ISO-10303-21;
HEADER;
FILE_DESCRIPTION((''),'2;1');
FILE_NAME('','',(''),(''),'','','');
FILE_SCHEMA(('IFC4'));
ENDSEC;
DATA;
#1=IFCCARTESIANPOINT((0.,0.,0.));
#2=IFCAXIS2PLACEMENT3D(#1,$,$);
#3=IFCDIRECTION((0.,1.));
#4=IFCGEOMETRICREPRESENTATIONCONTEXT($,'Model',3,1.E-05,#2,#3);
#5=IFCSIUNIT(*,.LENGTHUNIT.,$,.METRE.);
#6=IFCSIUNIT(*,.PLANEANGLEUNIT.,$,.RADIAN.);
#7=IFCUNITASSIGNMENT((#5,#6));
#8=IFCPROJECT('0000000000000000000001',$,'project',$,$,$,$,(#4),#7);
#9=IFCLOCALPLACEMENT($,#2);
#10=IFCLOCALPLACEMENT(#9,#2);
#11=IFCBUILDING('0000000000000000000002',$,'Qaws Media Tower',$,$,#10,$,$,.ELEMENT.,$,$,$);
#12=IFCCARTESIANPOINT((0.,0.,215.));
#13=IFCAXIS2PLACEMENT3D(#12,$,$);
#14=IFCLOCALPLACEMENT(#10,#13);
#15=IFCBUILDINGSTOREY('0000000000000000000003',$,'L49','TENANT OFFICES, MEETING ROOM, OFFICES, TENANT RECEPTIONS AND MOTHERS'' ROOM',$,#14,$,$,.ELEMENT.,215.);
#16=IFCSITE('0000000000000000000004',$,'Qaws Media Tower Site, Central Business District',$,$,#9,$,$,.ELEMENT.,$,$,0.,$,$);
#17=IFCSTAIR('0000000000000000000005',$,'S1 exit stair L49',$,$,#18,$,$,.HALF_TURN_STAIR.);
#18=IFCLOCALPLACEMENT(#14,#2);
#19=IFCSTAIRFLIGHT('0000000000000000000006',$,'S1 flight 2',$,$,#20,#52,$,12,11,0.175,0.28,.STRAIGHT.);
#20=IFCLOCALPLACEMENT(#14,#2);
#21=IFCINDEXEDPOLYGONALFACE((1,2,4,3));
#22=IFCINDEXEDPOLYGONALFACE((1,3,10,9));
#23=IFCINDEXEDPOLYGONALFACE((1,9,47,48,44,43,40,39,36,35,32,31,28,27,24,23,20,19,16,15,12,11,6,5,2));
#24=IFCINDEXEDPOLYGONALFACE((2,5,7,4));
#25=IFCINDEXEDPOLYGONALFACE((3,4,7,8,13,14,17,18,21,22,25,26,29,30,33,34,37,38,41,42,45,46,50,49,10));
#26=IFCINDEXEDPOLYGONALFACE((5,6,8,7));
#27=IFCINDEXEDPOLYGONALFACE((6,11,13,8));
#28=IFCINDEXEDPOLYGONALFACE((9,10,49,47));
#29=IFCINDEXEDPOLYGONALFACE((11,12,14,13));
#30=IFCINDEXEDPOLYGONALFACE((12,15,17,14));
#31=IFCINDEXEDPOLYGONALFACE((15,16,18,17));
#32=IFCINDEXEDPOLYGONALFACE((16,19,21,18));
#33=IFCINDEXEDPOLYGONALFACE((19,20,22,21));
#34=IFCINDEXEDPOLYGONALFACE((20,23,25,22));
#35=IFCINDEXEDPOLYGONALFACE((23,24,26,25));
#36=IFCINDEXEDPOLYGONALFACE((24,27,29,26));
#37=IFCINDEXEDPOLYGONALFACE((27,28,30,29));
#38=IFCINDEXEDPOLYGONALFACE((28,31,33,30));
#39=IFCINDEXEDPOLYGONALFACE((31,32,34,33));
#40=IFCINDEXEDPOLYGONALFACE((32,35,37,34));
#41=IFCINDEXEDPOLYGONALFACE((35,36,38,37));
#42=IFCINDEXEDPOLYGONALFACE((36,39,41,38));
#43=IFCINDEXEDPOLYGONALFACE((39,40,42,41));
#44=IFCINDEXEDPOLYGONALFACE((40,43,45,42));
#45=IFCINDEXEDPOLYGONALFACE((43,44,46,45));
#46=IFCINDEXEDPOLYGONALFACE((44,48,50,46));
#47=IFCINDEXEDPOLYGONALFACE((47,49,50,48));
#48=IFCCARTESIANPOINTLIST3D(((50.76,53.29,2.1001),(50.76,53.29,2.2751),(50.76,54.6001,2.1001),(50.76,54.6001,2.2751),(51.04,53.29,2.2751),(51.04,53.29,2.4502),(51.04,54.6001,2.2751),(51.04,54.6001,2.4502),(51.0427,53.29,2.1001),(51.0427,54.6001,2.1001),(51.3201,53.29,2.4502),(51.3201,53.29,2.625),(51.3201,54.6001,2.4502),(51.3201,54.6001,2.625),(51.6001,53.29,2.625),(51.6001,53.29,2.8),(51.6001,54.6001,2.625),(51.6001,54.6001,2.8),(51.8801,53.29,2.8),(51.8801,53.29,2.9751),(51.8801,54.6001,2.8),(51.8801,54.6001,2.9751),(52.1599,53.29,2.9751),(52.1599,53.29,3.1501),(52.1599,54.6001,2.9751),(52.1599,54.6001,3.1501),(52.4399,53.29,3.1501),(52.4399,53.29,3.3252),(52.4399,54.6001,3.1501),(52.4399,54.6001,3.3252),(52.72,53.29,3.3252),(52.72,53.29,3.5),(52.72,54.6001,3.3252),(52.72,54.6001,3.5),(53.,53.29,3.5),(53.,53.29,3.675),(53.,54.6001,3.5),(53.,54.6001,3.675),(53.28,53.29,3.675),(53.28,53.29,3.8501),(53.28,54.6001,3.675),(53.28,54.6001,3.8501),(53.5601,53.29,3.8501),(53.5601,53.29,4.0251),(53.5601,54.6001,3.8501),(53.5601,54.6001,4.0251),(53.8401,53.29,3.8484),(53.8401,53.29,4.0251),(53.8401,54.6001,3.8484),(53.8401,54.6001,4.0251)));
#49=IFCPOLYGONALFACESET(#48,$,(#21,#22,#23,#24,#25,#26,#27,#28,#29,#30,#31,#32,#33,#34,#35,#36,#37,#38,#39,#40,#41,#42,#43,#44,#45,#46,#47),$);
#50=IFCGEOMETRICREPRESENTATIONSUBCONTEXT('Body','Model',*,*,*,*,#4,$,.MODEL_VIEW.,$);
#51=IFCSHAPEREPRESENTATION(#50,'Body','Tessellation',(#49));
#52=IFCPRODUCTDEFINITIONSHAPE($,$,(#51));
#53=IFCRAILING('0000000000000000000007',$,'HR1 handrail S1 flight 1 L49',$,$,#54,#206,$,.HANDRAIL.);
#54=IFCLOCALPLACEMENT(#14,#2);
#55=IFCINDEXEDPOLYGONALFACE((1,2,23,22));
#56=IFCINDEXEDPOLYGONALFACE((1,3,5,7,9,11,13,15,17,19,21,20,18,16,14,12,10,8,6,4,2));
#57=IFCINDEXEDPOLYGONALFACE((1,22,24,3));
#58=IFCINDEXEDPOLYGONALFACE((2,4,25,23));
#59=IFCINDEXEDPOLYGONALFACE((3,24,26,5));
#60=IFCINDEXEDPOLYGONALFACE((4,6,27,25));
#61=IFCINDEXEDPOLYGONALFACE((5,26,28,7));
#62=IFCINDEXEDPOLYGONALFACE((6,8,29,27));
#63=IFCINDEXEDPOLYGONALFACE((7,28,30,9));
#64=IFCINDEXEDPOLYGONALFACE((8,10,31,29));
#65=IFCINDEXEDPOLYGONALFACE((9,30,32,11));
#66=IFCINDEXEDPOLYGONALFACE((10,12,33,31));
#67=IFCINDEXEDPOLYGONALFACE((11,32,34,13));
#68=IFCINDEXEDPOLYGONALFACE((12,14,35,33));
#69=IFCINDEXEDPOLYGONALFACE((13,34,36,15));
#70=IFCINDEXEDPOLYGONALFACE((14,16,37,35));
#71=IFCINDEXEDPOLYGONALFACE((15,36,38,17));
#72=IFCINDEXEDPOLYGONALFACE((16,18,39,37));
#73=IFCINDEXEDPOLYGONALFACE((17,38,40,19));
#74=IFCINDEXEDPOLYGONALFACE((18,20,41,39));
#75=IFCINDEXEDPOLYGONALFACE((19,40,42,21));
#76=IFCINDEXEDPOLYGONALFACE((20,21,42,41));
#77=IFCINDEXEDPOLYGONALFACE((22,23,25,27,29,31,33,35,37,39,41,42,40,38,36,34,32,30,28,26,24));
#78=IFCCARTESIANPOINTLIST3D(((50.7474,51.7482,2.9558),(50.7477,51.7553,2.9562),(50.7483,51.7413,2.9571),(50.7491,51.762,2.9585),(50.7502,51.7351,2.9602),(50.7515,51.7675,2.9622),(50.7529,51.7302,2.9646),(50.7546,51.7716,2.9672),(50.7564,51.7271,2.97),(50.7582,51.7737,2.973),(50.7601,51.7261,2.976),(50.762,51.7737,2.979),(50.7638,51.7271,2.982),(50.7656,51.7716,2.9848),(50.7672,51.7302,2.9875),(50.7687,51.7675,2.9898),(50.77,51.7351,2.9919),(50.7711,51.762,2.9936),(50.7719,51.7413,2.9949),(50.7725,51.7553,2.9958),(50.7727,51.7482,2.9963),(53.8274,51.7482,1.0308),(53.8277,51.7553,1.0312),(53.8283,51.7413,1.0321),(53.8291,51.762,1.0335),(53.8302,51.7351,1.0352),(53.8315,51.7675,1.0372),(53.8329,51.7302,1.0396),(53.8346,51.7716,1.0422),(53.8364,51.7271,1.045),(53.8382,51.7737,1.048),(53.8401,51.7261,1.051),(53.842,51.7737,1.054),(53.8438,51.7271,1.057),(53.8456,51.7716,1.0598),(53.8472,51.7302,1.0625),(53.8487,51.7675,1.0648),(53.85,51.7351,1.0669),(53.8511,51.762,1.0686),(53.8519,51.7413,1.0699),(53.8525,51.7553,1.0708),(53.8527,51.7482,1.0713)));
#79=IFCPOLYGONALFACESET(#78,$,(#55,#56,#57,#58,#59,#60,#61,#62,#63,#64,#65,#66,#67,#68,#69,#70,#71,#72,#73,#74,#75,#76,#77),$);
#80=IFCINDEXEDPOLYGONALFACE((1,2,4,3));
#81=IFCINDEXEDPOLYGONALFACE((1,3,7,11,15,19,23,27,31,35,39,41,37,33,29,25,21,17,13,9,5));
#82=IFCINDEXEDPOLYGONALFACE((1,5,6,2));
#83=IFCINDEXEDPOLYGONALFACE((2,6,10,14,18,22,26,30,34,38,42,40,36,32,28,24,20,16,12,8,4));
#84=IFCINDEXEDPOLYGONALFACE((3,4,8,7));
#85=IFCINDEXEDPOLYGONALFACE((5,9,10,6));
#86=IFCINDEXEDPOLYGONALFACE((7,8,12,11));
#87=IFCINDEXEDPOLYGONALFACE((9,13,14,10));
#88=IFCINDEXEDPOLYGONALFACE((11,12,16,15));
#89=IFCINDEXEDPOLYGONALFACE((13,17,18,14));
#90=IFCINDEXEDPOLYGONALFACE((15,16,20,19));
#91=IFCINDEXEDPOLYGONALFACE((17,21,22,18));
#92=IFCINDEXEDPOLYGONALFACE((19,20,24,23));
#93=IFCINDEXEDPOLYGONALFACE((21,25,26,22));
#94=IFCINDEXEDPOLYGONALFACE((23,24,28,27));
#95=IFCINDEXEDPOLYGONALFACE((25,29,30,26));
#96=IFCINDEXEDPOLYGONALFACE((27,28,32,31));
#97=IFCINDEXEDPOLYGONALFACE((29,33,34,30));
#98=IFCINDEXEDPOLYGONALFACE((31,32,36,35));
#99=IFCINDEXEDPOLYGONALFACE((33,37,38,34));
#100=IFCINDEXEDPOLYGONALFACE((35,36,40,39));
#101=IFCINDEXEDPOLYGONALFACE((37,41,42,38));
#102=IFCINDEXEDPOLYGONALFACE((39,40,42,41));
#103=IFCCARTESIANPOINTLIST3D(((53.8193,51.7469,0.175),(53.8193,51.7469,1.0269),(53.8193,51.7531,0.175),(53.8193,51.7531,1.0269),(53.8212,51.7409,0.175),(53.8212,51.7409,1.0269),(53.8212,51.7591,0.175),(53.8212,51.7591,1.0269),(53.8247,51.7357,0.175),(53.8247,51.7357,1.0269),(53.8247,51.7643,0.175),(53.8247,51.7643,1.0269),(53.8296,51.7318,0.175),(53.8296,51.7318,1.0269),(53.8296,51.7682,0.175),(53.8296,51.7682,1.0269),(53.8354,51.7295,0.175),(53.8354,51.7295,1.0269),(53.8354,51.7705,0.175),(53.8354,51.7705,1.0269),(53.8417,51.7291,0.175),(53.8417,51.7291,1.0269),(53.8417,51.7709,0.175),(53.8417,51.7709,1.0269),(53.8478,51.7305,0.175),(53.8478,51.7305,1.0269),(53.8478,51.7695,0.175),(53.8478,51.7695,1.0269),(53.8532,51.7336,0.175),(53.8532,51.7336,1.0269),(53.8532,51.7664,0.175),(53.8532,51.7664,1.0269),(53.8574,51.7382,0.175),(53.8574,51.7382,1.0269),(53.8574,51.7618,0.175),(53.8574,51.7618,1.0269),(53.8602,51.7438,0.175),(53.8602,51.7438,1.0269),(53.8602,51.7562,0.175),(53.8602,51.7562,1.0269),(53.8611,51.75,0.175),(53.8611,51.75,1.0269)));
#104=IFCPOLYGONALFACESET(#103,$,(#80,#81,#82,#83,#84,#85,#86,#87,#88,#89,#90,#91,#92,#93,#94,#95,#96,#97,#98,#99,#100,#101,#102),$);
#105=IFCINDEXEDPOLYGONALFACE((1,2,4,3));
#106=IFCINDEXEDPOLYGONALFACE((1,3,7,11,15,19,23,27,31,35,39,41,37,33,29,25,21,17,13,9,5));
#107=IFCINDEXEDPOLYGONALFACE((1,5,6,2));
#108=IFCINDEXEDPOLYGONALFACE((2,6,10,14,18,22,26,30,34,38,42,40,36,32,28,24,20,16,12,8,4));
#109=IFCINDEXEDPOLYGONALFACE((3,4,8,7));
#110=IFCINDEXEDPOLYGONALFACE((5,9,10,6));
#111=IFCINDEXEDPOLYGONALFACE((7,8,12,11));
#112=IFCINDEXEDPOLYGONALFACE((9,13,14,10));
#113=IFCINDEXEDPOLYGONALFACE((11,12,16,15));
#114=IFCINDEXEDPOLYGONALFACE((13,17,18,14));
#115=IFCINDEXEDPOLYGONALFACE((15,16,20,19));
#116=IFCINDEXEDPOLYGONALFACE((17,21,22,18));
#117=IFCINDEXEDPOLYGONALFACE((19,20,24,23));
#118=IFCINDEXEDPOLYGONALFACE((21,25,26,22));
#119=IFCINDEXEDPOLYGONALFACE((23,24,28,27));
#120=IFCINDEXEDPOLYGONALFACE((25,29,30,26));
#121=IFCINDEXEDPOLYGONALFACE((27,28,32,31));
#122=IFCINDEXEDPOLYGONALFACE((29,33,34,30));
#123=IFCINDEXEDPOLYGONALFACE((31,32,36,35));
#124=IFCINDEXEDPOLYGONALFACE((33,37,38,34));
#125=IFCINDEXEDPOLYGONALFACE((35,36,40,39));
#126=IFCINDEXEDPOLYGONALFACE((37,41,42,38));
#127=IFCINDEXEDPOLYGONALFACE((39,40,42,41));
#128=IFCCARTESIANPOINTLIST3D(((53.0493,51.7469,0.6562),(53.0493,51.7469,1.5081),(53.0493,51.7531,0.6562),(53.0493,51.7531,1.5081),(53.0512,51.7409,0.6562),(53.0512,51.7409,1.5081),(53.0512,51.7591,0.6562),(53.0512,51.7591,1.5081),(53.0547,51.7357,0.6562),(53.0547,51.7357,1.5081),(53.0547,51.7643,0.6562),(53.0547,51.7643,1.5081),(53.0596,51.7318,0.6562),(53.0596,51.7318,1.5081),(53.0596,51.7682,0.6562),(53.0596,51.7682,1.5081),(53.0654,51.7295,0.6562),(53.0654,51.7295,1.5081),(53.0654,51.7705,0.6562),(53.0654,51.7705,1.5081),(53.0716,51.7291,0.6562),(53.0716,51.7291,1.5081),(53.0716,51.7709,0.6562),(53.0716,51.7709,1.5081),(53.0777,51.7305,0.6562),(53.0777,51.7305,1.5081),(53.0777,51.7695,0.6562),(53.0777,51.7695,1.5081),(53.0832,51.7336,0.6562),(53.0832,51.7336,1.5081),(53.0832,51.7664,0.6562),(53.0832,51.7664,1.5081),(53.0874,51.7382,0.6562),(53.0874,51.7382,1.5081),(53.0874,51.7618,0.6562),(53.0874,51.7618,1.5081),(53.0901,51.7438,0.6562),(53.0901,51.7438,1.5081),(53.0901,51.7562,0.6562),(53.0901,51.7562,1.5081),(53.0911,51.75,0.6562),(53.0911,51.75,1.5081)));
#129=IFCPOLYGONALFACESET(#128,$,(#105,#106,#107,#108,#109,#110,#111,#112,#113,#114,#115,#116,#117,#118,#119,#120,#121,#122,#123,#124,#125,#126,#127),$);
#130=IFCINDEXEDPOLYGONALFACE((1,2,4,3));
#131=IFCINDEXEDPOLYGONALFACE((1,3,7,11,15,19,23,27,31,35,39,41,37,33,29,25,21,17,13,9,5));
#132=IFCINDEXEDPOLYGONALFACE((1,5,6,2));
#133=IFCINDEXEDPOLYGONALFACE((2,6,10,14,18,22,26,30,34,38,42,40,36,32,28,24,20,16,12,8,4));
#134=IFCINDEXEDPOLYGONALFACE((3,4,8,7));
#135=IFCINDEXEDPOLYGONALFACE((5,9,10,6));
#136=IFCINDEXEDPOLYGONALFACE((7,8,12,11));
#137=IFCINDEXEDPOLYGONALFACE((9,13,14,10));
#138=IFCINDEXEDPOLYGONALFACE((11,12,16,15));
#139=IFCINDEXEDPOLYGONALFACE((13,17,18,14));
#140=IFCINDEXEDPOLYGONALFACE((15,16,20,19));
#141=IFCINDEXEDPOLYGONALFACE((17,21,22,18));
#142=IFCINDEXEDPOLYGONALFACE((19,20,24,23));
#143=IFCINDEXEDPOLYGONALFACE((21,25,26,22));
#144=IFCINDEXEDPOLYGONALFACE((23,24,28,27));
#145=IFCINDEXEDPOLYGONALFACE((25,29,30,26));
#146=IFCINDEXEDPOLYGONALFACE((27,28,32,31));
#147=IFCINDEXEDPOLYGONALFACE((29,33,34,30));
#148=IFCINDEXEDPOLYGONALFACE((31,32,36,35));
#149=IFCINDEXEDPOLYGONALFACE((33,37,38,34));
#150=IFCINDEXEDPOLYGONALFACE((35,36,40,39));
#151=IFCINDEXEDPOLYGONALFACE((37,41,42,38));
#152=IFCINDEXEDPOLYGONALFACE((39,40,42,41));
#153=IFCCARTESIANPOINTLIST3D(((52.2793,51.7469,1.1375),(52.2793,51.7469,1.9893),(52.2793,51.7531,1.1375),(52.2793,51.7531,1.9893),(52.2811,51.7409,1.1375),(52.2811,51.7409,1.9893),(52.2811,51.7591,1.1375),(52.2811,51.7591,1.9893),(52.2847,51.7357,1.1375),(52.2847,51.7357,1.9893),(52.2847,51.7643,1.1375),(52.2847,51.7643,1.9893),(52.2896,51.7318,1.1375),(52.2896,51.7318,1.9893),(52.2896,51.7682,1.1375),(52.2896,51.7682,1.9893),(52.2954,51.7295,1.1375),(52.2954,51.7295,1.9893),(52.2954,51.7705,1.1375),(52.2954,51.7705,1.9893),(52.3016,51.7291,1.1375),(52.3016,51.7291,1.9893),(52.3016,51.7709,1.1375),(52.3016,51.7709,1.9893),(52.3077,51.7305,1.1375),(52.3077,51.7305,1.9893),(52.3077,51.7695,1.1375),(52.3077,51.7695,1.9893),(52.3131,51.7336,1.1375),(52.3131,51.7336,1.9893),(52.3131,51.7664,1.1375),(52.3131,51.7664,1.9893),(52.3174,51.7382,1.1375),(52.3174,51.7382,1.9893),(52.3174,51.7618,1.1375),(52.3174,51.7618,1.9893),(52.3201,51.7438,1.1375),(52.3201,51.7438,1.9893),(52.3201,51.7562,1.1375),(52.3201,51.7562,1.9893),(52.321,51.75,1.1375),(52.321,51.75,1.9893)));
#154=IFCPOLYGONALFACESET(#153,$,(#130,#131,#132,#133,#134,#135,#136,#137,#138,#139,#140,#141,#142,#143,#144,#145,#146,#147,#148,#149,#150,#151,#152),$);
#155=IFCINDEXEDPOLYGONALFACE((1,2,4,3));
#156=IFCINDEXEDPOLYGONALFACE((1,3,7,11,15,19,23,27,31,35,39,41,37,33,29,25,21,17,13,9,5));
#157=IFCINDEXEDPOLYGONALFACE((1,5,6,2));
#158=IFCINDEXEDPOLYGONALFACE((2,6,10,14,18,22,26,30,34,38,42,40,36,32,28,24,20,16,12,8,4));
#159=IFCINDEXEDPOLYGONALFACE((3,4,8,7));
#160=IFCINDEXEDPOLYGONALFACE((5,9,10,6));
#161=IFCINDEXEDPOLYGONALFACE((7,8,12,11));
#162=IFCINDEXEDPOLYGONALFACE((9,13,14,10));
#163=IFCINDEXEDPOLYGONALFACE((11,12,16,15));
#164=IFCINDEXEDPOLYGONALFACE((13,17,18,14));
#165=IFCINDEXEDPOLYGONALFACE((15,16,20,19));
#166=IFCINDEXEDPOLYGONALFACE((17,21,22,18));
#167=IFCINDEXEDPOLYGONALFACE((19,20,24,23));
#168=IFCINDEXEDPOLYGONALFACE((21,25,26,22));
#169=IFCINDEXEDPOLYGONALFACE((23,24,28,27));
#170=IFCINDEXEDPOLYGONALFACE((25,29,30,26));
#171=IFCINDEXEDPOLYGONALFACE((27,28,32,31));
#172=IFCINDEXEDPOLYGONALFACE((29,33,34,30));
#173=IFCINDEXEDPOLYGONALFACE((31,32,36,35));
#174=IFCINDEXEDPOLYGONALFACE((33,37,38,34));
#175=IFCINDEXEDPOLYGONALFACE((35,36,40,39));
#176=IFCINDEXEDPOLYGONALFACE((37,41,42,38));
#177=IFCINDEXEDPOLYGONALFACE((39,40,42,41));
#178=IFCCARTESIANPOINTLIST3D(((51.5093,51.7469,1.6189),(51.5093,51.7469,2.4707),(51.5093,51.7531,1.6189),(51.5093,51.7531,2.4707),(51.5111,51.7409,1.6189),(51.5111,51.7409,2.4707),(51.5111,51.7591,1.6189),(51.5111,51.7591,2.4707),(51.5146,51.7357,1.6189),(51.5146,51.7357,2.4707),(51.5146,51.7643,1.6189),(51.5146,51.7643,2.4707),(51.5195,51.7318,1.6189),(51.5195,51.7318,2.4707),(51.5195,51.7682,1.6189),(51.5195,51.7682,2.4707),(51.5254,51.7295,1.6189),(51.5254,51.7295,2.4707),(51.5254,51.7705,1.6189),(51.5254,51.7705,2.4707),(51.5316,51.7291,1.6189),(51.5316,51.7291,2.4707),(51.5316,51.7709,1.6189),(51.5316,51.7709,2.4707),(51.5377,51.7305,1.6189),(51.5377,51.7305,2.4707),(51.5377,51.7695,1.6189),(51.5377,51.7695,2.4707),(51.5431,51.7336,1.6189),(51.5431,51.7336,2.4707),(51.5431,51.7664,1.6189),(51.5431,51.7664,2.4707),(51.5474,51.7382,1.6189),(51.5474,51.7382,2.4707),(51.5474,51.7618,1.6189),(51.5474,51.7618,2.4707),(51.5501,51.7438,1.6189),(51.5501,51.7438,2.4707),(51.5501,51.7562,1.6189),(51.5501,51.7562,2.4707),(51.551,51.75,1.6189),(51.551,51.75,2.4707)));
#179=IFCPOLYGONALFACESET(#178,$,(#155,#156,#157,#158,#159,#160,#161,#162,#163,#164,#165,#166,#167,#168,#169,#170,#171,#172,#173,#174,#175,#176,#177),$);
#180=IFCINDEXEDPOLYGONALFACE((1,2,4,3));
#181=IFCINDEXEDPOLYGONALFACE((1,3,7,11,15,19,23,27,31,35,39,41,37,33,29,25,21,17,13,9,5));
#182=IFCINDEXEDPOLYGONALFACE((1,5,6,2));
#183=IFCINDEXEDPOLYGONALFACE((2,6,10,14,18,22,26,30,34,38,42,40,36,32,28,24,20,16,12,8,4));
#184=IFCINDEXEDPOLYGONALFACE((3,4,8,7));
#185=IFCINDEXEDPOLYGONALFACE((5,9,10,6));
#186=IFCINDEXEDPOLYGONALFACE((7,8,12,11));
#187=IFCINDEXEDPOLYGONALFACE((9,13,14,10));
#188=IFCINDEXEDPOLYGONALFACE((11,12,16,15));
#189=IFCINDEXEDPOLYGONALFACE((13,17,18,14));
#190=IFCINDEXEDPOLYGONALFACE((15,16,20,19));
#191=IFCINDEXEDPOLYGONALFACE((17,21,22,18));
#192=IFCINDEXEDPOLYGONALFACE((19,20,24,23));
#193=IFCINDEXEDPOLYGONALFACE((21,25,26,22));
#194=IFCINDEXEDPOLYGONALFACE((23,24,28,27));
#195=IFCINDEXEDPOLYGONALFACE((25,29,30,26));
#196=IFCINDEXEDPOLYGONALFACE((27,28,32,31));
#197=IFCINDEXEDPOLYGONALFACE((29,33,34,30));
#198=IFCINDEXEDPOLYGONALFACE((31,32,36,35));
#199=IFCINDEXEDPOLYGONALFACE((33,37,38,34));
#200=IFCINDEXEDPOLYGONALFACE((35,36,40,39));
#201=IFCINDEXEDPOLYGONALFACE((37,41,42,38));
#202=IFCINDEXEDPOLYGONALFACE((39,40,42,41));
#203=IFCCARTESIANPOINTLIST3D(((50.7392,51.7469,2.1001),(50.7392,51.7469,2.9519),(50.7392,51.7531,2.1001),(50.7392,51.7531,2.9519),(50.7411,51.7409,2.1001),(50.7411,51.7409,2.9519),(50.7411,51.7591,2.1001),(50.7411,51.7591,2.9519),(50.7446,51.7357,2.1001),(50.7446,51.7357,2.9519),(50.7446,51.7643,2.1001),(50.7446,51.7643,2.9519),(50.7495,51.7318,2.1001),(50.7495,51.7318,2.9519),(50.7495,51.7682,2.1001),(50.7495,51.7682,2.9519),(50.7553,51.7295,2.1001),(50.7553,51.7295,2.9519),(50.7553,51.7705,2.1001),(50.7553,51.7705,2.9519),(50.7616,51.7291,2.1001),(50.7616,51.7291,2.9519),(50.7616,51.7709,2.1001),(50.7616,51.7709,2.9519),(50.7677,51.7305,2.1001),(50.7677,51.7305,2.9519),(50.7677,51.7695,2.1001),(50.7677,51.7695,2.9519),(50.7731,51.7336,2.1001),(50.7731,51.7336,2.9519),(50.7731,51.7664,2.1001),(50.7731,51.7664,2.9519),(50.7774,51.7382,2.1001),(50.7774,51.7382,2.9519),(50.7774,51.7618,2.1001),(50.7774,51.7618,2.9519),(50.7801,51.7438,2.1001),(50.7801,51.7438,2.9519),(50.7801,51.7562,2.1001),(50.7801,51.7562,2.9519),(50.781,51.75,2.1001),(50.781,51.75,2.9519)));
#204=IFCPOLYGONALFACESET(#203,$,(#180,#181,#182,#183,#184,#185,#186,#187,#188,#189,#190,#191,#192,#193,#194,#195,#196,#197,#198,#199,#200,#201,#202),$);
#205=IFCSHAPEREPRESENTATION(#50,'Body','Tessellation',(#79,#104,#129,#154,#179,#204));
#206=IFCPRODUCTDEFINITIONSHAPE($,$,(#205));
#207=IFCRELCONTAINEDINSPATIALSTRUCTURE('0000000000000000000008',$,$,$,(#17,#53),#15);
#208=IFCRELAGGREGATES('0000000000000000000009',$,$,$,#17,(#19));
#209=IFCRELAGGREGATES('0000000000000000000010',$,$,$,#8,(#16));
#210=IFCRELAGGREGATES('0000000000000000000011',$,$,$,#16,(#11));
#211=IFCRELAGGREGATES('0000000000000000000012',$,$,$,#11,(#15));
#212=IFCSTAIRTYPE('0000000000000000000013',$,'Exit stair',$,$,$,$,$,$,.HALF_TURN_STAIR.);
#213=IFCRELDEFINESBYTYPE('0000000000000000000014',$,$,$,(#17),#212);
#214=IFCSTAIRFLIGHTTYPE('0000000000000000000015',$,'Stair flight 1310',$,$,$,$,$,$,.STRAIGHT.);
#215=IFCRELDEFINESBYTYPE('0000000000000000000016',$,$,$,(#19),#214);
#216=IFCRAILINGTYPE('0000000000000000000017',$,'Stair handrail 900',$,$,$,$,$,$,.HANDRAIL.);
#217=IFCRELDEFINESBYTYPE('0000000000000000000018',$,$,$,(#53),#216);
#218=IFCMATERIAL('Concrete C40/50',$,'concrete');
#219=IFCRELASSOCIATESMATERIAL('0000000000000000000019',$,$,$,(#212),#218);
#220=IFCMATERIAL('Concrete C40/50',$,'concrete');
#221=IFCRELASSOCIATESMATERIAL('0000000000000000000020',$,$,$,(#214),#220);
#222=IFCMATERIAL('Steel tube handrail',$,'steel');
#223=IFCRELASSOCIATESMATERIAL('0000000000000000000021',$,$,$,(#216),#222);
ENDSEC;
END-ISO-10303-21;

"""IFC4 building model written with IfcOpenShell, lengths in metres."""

from ifc_helpers import new_model, si_unit, direction, frame, origin, origin_2d, place, context, subcontext, project, spatial, polyline, circle, outline, extrude, material, type_object, element, aggregate, save


model = new_model("IFC4")

# Units and contexts
model_context = context("Model", 3, precision=1e-05, world=origin(), true_north=direction((0.0, 1.0)))
body_context = subcontext(model_context, "Body", "Model", "MODEL_VIEW")
ifc_project = project(units=[si_unit("LENGTHUNIT", "METRE"), si_unit("PLANEANGLEUNIT", "RADIAN")], contexts=[model_context])

# Site, building, storey
site_placement = place(None, origin())
site = spatial("IfcSite", under=ifc_project, at=site_placement, Name="Qaws Media Tower Site, Central Business District", CompositionType="ELEMENT", RefElevation=0.0)
building_placement = place(site_placement, origin())
building = spatial("IfcBuilding", under=site, at=building_placement, Name="Qaws Media Tower", CompositionType="ELEMENT")
storey_placement = place(building_placement, frame((0.0, 0.0, 215.0)))
storey = spatial("IfcBuildingStorey", under=building, at=storey_placement, Name="L49", Description="TENANT OFFICES, MEETING ROOM, OFFICES, TENANT RECEPTIONS AND MOTHERS' ROOM", CompositionType="ELEMENT", Elevation=215.0)

# Stair, stair flight
ifc_material_1 = material(Name="Concrete C40/50", Category="concrete")
stair_type = type_object("IfcStairType", Name="Exit stair", PredefinedType="HALF_TURN_STAIR", material=ifc_material_1)
stair_placement = place(storey_placement, origin())
stair = element("IfcStair", 1, at=stair_placement, inside=storey, type_object=stair_type, Name="S1 exit stair L49", PredefinedType="HALF_TURN_STAIR")
ifc_material_2 = material(Name="Concrete C40/50", Category="concrete")
stair_flight_type = type_object("IfcStairFlightType", Name="Stair flight 1310", PredefinedType="STRAIGHT", material=ifc_material_2)
stair_flight_1_placement = place(storey_placement, frame((50.76, 53.9451, 2.1001), z_axis=(0.0, 0.0, 1.0), x_axis=(1.0, 0.0, 0.0)))
stair_flight_1 = element("IfcStairFlight", 2, at=stair_flight_1_placement, type_object=stair_flight_type, Name="S1 flight 2", NumberOfRisers=12, NumberOfTreads=11, PredefinedType="STRAIGHT", RiserHeight=0.175, TreadLength=0.28, context=body_context, shape_type="SweptSolid", body=[
    extrude(outline(polyline([(0.0, 0.0), (0.0, 0.175), (0.28, 0.175), (0.28, 0.3501), (0.5601, 0.3501), (0.5601, 0.5249), (0.8401, 0.5249), (0.8401, 0.7), (1.1201, 0.7), (1.1201, 0.875), (1.3999, 0.875), (1.3999, 1.05), (1.6799, 1.05), (1.6799, 1.2251), (1.96, 1.2251), (1.96, 1.3999), (2.24, 1.3999), (2.24, 1.575), (2.52, 1.575), (2.52, 1.75), (2.8, 1.75), (2.8, 1.925), (3.0801, 1.925), (3.0801, 2.1001), (3.0801, 1.7483), (0.2827, 0.0), (0.0, 0.0)])), frame((0.0, 0.655, 0.0), z_axis=(0.0, -1.0, 0.0), x_axis=(1.0, 0.0, 0.0)), (0.0, 0.0, 1.0), 1.3101),
])
aggregate(stair, [stair_flight_1])

# Railing
ifc_material_3 = material(Name="Steel tube handrail", Category="steel")
railing_type = type_object("IfcRailingType", Name="Stair handrail 900", PredefinedType="HANDRAIL", material=ifc_material_3)
for number, where, name in (
    (3, (53.8401, 51.75, 0.175), "HR1 handrail S1 flight 1 L49"),
):
    element("IfcRailing", number, at=place(storey_placement, frame(where)), inside=storey, type_object=railing_type, Name=name, PredefinedType="HANDRAIL", context=body_context, shape_type="SweptSolid", body=[
        extrude(circle(Radius=0.0239, at=origin_2d()), frame((0.0, 0.0, 0.876), z_axis=(-0.847998, 0.0, 0.529999), x_axis=(0.0, -1.0, 0.0)), (0.0, 0.0, 1.0), 3.6321),
        extrude(circle(Radius=0.021, at=origin_2d()), origin(), (0.0, 0.0, 1.0), 0.8518),
        extrude(circle(Radius=0.021, at=origin_2d()), frame((-0.77, 0.0, 0.4812)), (0.0, 0.0, 1.0), 0.8518),
        extrude(circle(Radius=0.021, at=origin_2d()), frame((-1.54, 0.0, 0.9624)), (0.0, 0.0, 1.0), 0.8518),
        extrude(circle(Radius=0.021, at=origin_2d()), frame((-2.3101, 0.0, 1.4438)), (0.0, 0.0, 1.0), 0.8518),
        extrude(circle(Radius=0.021, at=origin_2d()), frame((-3.0801, 0.0, 1.925)), (0.0, 0.0, 1.0), 0.8518),
    ])

save(model, "model.ifc")
